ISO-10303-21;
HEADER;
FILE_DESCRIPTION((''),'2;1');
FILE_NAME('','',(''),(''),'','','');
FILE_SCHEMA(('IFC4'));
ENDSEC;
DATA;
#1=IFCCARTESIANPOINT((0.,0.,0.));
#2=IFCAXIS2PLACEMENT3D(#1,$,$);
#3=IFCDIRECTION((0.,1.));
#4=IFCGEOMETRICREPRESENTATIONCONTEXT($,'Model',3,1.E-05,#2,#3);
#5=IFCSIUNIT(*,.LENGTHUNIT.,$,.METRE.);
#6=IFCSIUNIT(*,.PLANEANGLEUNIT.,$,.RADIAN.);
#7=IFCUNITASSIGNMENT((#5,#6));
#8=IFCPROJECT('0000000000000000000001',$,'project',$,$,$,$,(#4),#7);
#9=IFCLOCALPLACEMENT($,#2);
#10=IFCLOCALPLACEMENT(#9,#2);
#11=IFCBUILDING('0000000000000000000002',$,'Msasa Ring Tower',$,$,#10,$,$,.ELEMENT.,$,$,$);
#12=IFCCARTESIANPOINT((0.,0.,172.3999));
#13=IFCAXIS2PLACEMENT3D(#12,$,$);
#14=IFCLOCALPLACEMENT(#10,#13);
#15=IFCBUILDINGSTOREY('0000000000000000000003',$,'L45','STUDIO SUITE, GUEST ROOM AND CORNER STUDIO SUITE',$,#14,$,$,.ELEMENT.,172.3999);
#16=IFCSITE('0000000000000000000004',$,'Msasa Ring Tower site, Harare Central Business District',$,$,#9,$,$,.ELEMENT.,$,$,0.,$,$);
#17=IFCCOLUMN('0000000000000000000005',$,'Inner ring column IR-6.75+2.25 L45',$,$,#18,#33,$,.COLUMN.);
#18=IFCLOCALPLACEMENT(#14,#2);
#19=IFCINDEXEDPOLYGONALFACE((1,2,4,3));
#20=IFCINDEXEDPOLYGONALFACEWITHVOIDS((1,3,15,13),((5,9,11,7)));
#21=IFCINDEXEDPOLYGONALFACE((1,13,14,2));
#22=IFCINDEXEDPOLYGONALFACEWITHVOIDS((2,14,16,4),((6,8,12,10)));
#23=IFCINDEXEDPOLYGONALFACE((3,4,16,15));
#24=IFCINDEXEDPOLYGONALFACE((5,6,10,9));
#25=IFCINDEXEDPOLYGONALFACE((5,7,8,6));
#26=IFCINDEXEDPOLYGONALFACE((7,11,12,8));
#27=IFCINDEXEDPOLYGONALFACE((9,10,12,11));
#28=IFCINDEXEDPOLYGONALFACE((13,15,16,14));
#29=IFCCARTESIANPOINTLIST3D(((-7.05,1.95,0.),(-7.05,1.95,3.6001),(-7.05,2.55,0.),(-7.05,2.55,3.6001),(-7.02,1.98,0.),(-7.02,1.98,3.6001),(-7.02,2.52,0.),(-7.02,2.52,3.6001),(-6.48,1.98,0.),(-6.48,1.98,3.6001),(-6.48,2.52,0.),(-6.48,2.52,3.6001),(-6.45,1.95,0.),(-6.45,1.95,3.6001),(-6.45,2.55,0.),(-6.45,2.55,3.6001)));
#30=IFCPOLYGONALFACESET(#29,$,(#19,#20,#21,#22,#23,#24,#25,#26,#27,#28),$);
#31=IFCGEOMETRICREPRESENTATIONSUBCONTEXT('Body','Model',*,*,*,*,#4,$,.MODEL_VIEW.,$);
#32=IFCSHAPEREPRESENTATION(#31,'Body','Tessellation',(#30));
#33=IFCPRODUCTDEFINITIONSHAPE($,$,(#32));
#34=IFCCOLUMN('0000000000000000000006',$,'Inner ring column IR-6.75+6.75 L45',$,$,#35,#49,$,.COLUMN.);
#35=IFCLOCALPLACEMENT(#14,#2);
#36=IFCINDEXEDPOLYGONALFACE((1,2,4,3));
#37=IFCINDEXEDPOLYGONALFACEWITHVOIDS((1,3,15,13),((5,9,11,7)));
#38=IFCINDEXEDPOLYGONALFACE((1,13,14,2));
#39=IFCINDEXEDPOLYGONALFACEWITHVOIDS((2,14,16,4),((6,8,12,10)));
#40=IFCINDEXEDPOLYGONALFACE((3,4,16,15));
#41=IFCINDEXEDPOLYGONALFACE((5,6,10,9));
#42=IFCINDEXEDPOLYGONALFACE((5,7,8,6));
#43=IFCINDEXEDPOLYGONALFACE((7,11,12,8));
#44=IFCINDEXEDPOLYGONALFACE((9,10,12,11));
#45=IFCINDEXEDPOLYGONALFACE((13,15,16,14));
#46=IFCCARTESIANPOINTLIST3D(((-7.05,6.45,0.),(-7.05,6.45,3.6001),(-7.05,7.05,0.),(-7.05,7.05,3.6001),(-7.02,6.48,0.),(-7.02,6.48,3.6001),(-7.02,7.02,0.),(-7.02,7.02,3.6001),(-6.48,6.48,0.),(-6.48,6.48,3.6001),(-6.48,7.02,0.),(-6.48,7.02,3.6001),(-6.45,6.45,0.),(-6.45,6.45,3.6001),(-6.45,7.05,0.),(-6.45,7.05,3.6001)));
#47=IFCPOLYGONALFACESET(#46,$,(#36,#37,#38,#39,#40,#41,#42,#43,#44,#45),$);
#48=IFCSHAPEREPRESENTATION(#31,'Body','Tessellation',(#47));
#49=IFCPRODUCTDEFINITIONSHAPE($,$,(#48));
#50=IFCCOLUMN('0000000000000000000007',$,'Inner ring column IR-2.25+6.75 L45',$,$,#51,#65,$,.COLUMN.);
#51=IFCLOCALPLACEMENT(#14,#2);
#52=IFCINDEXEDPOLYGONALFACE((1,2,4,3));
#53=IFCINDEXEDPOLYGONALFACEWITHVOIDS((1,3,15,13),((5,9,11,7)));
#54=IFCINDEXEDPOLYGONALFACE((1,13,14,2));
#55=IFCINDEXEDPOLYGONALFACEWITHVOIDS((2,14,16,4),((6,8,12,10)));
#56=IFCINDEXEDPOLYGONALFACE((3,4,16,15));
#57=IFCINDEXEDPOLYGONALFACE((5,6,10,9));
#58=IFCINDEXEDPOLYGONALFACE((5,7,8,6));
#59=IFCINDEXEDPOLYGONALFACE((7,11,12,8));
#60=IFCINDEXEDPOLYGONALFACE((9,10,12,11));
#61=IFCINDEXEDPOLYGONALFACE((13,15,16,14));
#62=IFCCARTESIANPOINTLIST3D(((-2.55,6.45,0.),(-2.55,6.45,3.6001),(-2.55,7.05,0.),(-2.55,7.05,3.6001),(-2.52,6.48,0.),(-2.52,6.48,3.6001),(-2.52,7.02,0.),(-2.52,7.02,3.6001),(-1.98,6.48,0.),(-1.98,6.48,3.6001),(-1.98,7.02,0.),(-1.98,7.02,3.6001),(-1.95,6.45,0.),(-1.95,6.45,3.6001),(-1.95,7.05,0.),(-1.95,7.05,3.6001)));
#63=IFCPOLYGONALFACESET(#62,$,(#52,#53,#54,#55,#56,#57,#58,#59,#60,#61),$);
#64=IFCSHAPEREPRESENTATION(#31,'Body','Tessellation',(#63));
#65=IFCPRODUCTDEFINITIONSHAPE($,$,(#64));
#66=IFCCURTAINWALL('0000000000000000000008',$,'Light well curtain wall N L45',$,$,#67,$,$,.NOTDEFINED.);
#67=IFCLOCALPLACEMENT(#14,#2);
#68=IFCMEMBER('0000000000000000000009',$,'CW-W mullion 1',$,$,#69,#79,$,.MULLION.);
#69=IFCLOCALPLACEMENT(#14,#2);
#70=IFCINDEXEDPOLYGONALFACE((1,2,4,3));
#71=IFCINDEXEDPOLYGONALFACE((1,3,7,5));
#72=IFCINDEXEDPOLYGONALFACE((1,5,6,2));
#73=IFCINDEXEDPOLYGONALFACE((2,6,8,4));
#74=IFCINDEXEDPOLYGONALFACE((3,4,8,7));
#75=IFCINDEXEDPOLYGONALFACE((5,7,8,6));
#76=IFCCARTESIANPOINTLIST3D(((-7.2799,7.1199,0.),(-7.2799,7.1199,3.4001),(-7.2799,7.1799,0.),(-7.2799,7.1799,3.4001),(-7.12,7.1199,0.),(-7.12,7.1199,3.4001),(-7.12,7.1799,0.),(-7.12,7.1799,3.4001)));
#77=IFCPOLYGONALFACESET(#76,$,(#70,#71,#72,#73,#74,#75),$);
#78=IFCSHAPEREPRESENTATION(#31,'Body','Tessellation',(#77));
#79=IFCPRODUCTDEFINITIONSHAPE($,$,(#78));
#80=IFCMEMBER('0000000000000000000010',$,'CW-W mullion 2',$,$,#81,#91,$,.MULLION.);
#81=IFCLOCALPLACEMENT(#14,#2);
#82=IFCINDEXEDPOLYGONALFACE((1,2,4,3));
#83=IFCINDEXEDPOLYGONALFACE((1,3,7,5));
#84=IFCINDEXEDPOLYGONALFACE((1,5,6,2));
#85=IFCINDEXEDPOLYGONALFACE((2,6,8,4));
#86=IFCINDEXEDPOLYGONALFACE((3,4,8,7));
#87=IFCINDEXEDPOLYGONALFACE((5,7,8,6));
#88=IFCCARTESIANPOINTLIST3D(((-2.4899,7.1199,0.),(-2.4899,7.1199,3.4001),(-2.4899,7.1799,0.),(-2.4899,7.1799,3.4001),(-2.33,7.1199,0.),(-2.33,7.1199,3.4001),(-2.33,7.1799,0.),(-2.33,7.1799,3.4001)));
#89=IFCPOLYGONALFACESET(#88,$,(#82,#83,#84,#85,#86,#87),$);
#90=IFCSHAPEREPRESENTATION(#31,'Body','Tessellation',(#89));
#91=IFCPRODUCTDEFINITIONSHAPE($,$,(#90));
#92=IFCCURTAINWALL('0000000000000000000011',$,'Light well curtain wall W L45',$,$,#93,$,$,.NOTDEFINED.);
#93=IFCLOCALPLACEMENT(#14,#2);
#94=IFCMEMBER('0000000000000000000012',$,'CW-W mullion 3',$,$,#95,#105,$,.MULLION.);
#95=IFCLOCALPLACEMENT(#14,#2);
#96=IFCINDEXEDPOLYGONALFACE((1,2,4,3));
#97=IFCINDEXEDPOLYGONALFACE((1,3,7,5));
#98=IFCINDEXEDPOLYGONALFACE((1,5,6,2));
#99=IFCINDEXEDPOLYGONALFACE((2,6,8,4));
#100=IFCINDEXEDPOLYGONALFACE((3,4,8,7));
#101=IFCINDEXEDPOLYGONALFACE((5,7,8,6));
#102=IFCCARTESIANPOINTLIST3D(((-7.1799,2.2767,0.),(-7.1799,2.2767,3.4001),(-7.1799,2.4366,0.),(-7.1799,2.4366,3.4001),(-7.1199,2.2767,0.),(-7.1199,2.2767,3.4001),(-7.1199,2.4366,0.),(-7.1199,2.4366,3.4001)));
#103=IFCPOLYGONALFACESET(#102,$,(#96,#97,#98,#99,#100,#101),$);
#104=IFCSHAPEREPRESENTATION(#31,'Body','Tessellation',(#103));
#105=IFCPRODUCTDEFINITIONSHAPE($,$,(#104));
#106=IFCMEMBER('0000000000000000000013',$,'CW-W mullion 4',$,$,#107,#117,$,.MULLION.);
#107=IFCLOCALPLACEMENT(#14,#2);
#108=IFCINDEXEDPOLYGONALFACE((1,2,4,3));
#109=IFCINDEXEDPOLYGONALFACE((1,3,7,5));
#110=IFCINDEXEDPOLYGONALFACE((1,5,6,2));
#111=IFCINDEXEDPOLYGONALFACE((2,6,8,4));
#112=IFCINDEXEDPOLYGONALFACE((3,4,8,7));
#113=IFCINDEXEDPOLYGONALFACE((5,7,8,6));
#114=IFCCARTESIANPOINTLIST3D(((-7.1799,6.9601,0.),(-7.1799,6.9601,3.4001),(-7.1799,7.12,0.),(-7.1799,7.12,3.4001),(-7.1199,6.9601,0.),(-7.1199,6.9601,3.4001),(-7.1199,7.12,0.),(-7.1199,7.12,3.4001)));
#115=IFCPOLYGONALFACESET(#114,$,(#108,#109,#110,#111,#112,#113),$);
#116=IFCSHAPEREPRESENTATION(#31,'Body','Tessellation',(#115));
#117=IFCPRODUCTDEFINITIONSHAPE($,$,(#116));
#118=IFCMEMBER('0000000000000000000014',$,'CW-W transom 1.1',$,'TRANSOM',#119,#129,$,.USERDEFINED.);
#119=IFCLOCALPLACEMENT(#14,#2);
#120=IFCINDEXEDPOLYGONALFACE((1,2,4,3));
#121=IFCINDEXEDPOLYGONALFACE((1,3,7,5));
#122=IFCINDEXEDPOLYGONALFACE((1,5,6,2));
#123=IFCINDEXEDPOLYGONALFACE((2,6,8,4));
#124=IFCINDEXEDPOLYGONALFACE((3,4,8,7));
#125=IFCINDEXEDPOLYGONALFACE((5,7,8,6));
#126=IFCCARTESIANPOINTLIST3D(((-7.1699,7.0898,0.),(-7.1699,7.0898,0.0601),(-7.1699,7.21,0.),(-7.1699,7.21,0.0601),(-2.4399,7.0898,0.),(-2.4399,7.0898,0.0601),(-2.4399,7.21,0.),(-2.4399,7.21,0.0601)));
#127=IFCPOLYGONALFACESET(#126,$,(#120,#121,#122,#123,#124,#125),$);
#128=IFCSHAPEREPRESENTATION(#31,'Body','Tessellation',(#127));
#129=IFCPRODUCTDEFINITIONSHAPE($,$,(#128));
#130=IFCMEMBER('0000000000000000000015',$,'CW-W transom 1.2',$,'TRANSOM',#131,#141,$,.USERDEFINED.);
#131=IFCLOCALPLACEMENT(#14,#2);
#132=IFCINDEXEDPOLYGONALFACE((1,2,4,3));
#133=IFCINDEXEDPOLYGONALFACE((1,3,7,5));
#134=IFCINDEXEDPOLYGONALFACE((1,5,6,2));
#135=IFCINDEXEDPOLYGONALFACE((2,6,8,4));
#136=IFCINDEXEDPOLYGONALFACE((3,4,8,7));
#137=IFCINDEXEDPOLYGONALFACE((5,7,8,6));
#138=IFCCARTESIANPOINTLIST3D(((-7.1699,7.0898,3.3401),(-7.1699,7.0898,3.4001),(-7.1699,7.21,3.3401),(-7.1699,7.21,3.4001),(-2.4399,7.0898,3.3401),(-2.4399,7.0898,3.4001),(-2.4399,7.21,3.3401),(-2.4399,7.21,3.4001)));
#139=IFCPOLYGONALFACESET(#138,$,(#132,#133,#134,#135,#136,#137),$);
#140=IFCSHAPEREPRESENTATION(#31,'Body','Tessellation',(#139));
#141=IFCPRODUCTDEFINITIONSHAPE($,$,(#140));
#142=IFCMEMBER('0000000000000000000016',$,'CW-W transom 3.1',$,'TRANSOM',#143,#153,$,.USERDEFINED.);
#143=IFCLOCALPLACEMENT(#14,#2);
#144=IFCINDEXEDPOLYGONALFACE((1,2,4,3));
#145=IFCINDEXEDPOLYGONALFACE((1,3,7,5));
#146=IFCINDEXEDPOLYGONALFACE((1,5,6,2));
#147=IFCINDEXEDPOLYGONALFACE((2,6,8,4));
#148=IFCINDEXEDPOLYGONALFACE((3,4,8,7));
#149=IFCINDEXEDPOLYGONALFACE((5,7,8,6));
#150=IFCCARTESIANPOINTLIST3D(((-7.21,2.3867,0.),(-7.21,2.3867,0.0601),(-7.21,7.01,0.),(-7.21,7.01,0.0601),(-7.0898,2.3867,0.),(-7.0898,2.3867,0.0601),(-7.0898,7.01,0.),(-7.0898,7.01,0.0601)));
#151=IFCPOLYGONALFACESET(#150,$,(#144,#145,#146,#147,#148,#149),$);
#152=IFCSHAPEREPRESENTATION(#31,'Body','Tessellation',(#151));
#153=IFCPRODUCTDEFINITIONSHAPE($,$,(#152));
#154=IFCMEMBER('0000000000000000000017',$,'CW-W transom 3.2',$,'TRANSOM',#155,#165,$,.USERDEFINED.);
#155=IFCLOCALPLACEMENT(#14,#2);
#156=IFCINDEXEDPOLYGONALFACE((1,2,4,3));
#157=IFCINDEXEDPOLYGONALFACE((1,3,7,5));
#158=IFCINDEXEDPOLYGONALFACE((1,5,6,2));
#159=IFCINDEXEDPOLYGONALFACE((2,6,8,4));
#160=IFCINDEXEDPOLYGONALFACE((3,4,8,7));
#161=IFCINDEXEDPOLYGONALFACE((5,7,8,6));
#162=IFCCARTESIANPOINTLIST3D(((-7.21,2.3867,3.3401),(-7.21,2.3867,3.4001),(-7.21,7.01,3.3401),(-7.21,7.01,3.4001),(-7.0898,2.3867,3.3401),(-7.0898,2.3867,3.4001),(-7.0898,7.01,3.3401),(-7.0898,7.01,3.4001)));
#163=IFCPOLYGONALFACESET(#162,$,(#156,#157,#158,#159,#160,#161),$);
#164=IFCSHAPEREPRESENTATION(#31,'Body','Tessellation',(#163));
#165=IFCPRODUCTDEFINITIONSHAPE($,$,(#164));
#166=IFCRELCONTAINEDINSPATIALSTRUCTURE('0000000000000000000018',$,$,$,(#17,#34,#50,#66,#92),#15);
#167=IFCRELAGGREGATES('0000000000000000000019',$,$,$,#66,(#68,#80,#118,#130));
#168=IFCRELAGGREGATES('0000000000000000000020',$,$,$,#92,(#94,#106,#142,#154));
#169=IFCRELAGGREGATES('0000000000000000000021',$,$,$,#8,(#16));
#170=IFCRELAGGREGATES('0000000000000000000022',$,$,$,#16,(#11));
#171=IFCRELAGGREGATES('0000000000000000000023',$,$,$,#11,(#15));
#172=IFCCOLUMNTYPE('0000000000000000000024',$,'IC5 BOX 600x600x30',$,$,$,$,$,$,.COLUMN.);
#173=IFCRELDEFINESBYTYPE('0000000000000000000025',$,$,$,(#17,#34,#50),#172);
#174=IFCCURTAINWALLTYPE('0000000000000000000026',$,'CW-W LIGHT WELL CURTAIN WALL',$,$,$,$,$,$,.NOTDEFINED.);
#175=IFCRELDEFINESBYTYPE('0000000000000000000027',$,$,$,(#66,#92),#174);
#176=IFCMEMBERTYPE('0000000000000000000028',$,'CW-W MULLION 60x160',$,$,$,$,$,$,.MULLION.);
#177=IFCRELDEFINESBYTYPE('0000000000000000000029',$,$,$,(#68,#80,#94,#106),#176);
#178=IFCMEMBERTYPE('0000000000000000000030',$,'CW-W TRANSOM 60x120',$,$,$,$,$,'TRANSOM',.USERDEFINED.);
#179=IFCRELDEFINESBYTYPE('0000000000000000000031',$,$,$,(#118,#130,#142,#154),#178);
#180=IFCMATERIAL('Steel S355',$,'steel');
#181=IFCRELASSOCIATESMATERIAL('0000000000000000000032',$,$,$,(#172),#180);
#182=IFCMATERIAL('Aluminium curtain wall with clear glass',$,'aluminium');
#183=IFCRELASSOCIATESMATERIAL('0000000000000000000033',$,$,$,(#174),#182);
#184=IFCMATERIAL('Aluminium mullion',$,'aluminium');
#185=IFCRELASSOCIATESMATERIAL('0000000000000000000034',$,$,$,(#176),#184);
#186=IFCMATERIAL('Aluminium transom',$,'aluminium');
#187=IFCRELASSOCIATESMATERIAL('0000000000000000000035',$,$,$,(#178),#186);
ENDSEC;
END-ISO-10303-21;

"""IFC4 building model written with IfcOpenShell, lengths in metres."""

from ifc_helpers import new_model, si_unit, direction, frame, origin, origin_2d, place, context, subcontext, project, spatial, rectangle, hollow_rectangle, extrude, material, material_profile, profile_set, type_object, element, aggregate, save


model = new_model("IFC4")

# Units and contexts
model_context = context("Model", 3, precision=1e-05, world=origin(), true_north=direction((0.0, 1.0)))
body_context = subcontext(model_context, "Body", "Model", "MODEL_VIEW")
ifc_project = project(units=[si_unit("LENGTHUNIT", "METRE"), si_unit("PLANEANGLEUNIT", "RADIAN")], contexts=[model_context])

# Site, building, storey
site_placement = place(None, origin())
site = spatial("IfcSite", under=ifc_project, at=site_placement, Name="Msasa Ring Tower site, Harare Central Business District", CompositionType="ELEMENT", RefElevation=0.0)
building_placement = place(site_placement, origin())
building = spatial("IfcBuilding", under=site, at=building_placement, Name="Msasa Ring Tower", CompositionType="ELEMENT")
storey_placement = place(building_placement, frame((0.0, 0.0, 172.3999)))
storey = spatial("IfcBuildingStorey", under=building, at=storey_placement, Name="L45", Description="STUDIO SUITE, GUEST ROOM AND CORNER STUDIO SUITE", CompositionType="ELEMENT", Elevation=172.3999)

# Columns
ifc_material_1 = material(Name="Steel S355", Category="steel")
ifc_material_profile_1 = material_profile(ifc_material_1, hollow_rectangle(XDim=0.6001, YDim=0.6001, WallThickness=0.03, at=origin_2d()), Name="BOX 600x600x30")
ifc_profile_set_1 = profile_set([ifc_material_profile_1], Name="Steel S355")
column_type = type_object("IfcColumnType", Name="IC5 BOX 600x600x30", PredefinedType="COLUMN", material=ifc_profile_set_1)
for number, where, z_axis, x_axis, name in (
    (1, (-6.75, 2.25, 0.0), (0.0, 0.0, 1.0), (1.0, 0.0, 0.0), "Inner ring column IR-6.75+2.25 L45"),
    (2, (-6.75, 6.75, 0.0), (0.0, 0.0, 1.0), (1.0, 0.0, 0.0), "Inner ring column IR-6.75+6.75 L45"),
    (3, (-2.25, 6.75, 0.0), (0.0, 0.0, 1.0), (1.0, 0.0, 0.0), "Inner ring column IR-2.25+6.75 L45"),
):
    element("IfcColumn", number, at=place(storey_placement, frame(where, z_axis=z_axis, x_axis=x_axis)), inside=storey, type_object=column_type, Name=name, PredefinedType="COLUMN", context=body_context, shape_type="SweptSolid", body=[
        extrude(hollow_rectangle(XDim=0.6001, YDim=0.6001, WallThickness=0.03, at=origin_2d()), origin(), (0.0, 0.0, 1.0), 3.6001),
    ])

# Curtain walls, members
ifc_material_2 = material(Name="Aluminium curtain wall with clear glass", Category="aluminium")
curtain_wall_type = type_object("IfcCurtainWallType", Name="CW-W LIGHT WELL CURTAIN WALL", PredefinedType="NOTDEFINED", material=ifc_material_2)
curtain_wall_1_placement = place(storey_placement, origin())
curtain_wall_1 = element("IfcCurtainWall", 4, at=curtain_wall_1_placement, inside=storey, type_object=curtain_wall_type, Name="Light well curtain wall N L45", PredefinedType="NOTDEFINED")
ifc_material_3 = material(Name="Aluminium mullion", Category="aluminium")
ifc_material_profile_2 = material_profile(ifc_material_3, rectangle(XDim=0.0601, YDim=0.1599, at=origin_2d()), Name="AL 60x160")
ifc_profile_set_2 = profile_set([ifc_material_profile_2], Name="Aluminium mullion")
member_type_1 = type_object("IfcMemberType", Name="CW-W MULLION 60x160", PredefinedType="MULLION", material=ifc_profile_set_2)
member_1_placement = place(storey_placement, frame((-7.2, 7.1499, 0.0), z_axis=(0.0, 0.0, 1.0), x_axis=(0.0, 1.0, 0.0)))
member_1 = element("IfcMember", 5, at=member_1_placement, type_object=member_type_1, Name="CW-W mullion 1", PredefinedType="MULLION", context=body_context, shape_type="SweptSolid", body=[
    extrude(rectangle(XDim=0.0601, YDim=0.1599, at=origin_2d()), origin(), (0.0, 0.0, 1.0), 3.4001),
])
member_2_placement = place(storey_placement, frame((-2.4099, 7.1499, 0.0), z_axis=(0.0, 0.0, 1.0), x_axis=(0.0, 1.0, 0.0)))
member_2 = element("IfcMember", 6, at=member_2_placement, type_object=member_type_1, Name="CW-W mullion 2", PredefinedType="MULLION", context=body_context, shape_type="SweptSolid", body=[
    extrude(rectangle(XDim=0.0601, YDim=0.1599, at=origin_2d()), origin(), (0.0, 0.0, 1.0), 3.4001),
])
curtain_wall_2_placement = place(storey_placement, origin())
curtain_wall_2 = element("IfcCurtainWall", 7, at=curtain_wall_2_placement, inside=storey, type_object=curtain_wall_type, Name="Light well curtain wall W L45", PredefinedType="NOTDEFINED")
member_3_placement = place(storey_placement, frame((-7.1499, 2.3567, 0.0), z_axis=(0.0, 0.0, 1.0), x_axis=(-1.0, 0.0, 0.0)))
member_3 = element("IfcMember", 8, at=member_3_placement, type_object=member_type_1, Name="CW-W mullion 3", PredefinedType="MULLION", context=body_context, shape_type="SweptSolid", body=[
    extrude(rectangle(XDim=0.0601, YDim=0.1599, at=origin_2d()), origin(), (0.0, 0.0, 1.0), 3.4001),
])
member_4_placement = place(storey_placement, frame((-7.1499, 7.04, 0.0), z_axis=(0.0, 0.0, 1.0), x_axis=(-1.0, 0.0, 0.0)))
member_4 = element("IfcMember", 9, at=member_4_placement, type_object=member_type_1, Name="CW-W mullion 4", PredefinedType="MULLION", context=body_context, shape_type="SweptSolid", body=[
    extrude(rectangle(XDim=0.0601, YDim=0.1599, at=origin_2d()), origin(), (0.0, 0.0, 1.0), 3.4001),
])

# Members
ifc_material_4 = material(Name="Aluminium transom", Category="aluminium")
ifc_material_profile_3 = material_profile(ifc_material_4, rectangle(XDim=0.1201, YDim=0.0601, at=origin_2d()), Name="AL 60x120")
ifc_profile_set_3 = profile_set([ifc_material_profile_3], Name="Aluminium transom")
member_type_2 = type_object("IfcMemberType", Name="CW-W TRANSOM 60x120", ElementType="TRANSOM", PredefinedType="USERDEFINED", material=ifc_profile_set_3)
member_5_placement = place(storey_placement, frame((-7.1699, 7.1499, 0.03), z_axis=(1.0, 0.0, 0.0), x_axis=(0.0, 1.0, 0.0)))
member_5 = element("IfcMember", 10, at=member_5_placement, type_object=member_type_2, Name="CW-W transom 1.1", ObjectType="TRANSOM", PredefinedType="USERDEFINED", context=body_context, shape_type="SweptSolid", body=[
    extrude(rectangle(XDim=0.1201, YDim=0.0601, at=origin_2d()), origin(), (0.0, 0.0, 1.0), 4.73),
])
member_6_placement = place(storey_placement, frame((-7.1699, 7.1499, 3.3701), z_axis=(1.0, 0.0, 0.0), x_axis=(0.0, 1.0, 0.0)))
member_6 = element("IfcMember", 11, at=member_6_placement, type_object=member_type_2, Name="CW-W transom 1.2", ObjectType="TRANSOM", PredefinedType="USERDEFINED", context=body_context, shape_type="SweptSolid", body=[
    extrude(rectangle(XDim=0.1201, YDim=0.0601, at=origin_2d()), origin(), (0.0, 0.0, 1.0), 4.73),
])
member_7_placement = place(storey_placement, frame((-7.1499, 2.3867, 0.03), z_axis=(0.0, 1.0, 0.0), x_axis=(-1.0, 0.0, 0.0)))
member_7 = element("IfcMember", 12, at=member_7_placement, type_object=member_type_2, Name="CW-W transom 3.1", ObjectType="TRANSOM", PredefinedType="USERDEFINED", context=body_context, shape_type="SweptSolid", body=[
    extrude(rectangle(XDim=0.1201, YDim=0.0601, at=origin_2d()), origin(), (0.0, 0.0, 1.0), 4.6233),
])
member_8_placement = place(storey_placement, frame((-7.1499, 2.3867, 3.3701), z_axis=(0.0, 1.0, 0.0), x_axis=(-1.0, 0.0, 0.0)))
member_8 = element("IfcMember", 13, at=member_8_placement, type_object=member_type_2, Name="CW-W transom 3.2", ObjectType="TRANSOM", PredefinedType="USERDEFINED", context=body_context, shape_type="SweptSolid", body=[
    extrude(rectangle(XDim=0.1201, YDim=0.0601, at=origin_2d()), origin(), (0.0, 0.0, 1.0), 4.6233),
])

aggregate(curtain_wall_1, [member_1, member_2, member_5, member_6])
aggregate(curtain_wall_2, [member_3, member_4, member_7, member_8])

save(model, "model.ifc")
